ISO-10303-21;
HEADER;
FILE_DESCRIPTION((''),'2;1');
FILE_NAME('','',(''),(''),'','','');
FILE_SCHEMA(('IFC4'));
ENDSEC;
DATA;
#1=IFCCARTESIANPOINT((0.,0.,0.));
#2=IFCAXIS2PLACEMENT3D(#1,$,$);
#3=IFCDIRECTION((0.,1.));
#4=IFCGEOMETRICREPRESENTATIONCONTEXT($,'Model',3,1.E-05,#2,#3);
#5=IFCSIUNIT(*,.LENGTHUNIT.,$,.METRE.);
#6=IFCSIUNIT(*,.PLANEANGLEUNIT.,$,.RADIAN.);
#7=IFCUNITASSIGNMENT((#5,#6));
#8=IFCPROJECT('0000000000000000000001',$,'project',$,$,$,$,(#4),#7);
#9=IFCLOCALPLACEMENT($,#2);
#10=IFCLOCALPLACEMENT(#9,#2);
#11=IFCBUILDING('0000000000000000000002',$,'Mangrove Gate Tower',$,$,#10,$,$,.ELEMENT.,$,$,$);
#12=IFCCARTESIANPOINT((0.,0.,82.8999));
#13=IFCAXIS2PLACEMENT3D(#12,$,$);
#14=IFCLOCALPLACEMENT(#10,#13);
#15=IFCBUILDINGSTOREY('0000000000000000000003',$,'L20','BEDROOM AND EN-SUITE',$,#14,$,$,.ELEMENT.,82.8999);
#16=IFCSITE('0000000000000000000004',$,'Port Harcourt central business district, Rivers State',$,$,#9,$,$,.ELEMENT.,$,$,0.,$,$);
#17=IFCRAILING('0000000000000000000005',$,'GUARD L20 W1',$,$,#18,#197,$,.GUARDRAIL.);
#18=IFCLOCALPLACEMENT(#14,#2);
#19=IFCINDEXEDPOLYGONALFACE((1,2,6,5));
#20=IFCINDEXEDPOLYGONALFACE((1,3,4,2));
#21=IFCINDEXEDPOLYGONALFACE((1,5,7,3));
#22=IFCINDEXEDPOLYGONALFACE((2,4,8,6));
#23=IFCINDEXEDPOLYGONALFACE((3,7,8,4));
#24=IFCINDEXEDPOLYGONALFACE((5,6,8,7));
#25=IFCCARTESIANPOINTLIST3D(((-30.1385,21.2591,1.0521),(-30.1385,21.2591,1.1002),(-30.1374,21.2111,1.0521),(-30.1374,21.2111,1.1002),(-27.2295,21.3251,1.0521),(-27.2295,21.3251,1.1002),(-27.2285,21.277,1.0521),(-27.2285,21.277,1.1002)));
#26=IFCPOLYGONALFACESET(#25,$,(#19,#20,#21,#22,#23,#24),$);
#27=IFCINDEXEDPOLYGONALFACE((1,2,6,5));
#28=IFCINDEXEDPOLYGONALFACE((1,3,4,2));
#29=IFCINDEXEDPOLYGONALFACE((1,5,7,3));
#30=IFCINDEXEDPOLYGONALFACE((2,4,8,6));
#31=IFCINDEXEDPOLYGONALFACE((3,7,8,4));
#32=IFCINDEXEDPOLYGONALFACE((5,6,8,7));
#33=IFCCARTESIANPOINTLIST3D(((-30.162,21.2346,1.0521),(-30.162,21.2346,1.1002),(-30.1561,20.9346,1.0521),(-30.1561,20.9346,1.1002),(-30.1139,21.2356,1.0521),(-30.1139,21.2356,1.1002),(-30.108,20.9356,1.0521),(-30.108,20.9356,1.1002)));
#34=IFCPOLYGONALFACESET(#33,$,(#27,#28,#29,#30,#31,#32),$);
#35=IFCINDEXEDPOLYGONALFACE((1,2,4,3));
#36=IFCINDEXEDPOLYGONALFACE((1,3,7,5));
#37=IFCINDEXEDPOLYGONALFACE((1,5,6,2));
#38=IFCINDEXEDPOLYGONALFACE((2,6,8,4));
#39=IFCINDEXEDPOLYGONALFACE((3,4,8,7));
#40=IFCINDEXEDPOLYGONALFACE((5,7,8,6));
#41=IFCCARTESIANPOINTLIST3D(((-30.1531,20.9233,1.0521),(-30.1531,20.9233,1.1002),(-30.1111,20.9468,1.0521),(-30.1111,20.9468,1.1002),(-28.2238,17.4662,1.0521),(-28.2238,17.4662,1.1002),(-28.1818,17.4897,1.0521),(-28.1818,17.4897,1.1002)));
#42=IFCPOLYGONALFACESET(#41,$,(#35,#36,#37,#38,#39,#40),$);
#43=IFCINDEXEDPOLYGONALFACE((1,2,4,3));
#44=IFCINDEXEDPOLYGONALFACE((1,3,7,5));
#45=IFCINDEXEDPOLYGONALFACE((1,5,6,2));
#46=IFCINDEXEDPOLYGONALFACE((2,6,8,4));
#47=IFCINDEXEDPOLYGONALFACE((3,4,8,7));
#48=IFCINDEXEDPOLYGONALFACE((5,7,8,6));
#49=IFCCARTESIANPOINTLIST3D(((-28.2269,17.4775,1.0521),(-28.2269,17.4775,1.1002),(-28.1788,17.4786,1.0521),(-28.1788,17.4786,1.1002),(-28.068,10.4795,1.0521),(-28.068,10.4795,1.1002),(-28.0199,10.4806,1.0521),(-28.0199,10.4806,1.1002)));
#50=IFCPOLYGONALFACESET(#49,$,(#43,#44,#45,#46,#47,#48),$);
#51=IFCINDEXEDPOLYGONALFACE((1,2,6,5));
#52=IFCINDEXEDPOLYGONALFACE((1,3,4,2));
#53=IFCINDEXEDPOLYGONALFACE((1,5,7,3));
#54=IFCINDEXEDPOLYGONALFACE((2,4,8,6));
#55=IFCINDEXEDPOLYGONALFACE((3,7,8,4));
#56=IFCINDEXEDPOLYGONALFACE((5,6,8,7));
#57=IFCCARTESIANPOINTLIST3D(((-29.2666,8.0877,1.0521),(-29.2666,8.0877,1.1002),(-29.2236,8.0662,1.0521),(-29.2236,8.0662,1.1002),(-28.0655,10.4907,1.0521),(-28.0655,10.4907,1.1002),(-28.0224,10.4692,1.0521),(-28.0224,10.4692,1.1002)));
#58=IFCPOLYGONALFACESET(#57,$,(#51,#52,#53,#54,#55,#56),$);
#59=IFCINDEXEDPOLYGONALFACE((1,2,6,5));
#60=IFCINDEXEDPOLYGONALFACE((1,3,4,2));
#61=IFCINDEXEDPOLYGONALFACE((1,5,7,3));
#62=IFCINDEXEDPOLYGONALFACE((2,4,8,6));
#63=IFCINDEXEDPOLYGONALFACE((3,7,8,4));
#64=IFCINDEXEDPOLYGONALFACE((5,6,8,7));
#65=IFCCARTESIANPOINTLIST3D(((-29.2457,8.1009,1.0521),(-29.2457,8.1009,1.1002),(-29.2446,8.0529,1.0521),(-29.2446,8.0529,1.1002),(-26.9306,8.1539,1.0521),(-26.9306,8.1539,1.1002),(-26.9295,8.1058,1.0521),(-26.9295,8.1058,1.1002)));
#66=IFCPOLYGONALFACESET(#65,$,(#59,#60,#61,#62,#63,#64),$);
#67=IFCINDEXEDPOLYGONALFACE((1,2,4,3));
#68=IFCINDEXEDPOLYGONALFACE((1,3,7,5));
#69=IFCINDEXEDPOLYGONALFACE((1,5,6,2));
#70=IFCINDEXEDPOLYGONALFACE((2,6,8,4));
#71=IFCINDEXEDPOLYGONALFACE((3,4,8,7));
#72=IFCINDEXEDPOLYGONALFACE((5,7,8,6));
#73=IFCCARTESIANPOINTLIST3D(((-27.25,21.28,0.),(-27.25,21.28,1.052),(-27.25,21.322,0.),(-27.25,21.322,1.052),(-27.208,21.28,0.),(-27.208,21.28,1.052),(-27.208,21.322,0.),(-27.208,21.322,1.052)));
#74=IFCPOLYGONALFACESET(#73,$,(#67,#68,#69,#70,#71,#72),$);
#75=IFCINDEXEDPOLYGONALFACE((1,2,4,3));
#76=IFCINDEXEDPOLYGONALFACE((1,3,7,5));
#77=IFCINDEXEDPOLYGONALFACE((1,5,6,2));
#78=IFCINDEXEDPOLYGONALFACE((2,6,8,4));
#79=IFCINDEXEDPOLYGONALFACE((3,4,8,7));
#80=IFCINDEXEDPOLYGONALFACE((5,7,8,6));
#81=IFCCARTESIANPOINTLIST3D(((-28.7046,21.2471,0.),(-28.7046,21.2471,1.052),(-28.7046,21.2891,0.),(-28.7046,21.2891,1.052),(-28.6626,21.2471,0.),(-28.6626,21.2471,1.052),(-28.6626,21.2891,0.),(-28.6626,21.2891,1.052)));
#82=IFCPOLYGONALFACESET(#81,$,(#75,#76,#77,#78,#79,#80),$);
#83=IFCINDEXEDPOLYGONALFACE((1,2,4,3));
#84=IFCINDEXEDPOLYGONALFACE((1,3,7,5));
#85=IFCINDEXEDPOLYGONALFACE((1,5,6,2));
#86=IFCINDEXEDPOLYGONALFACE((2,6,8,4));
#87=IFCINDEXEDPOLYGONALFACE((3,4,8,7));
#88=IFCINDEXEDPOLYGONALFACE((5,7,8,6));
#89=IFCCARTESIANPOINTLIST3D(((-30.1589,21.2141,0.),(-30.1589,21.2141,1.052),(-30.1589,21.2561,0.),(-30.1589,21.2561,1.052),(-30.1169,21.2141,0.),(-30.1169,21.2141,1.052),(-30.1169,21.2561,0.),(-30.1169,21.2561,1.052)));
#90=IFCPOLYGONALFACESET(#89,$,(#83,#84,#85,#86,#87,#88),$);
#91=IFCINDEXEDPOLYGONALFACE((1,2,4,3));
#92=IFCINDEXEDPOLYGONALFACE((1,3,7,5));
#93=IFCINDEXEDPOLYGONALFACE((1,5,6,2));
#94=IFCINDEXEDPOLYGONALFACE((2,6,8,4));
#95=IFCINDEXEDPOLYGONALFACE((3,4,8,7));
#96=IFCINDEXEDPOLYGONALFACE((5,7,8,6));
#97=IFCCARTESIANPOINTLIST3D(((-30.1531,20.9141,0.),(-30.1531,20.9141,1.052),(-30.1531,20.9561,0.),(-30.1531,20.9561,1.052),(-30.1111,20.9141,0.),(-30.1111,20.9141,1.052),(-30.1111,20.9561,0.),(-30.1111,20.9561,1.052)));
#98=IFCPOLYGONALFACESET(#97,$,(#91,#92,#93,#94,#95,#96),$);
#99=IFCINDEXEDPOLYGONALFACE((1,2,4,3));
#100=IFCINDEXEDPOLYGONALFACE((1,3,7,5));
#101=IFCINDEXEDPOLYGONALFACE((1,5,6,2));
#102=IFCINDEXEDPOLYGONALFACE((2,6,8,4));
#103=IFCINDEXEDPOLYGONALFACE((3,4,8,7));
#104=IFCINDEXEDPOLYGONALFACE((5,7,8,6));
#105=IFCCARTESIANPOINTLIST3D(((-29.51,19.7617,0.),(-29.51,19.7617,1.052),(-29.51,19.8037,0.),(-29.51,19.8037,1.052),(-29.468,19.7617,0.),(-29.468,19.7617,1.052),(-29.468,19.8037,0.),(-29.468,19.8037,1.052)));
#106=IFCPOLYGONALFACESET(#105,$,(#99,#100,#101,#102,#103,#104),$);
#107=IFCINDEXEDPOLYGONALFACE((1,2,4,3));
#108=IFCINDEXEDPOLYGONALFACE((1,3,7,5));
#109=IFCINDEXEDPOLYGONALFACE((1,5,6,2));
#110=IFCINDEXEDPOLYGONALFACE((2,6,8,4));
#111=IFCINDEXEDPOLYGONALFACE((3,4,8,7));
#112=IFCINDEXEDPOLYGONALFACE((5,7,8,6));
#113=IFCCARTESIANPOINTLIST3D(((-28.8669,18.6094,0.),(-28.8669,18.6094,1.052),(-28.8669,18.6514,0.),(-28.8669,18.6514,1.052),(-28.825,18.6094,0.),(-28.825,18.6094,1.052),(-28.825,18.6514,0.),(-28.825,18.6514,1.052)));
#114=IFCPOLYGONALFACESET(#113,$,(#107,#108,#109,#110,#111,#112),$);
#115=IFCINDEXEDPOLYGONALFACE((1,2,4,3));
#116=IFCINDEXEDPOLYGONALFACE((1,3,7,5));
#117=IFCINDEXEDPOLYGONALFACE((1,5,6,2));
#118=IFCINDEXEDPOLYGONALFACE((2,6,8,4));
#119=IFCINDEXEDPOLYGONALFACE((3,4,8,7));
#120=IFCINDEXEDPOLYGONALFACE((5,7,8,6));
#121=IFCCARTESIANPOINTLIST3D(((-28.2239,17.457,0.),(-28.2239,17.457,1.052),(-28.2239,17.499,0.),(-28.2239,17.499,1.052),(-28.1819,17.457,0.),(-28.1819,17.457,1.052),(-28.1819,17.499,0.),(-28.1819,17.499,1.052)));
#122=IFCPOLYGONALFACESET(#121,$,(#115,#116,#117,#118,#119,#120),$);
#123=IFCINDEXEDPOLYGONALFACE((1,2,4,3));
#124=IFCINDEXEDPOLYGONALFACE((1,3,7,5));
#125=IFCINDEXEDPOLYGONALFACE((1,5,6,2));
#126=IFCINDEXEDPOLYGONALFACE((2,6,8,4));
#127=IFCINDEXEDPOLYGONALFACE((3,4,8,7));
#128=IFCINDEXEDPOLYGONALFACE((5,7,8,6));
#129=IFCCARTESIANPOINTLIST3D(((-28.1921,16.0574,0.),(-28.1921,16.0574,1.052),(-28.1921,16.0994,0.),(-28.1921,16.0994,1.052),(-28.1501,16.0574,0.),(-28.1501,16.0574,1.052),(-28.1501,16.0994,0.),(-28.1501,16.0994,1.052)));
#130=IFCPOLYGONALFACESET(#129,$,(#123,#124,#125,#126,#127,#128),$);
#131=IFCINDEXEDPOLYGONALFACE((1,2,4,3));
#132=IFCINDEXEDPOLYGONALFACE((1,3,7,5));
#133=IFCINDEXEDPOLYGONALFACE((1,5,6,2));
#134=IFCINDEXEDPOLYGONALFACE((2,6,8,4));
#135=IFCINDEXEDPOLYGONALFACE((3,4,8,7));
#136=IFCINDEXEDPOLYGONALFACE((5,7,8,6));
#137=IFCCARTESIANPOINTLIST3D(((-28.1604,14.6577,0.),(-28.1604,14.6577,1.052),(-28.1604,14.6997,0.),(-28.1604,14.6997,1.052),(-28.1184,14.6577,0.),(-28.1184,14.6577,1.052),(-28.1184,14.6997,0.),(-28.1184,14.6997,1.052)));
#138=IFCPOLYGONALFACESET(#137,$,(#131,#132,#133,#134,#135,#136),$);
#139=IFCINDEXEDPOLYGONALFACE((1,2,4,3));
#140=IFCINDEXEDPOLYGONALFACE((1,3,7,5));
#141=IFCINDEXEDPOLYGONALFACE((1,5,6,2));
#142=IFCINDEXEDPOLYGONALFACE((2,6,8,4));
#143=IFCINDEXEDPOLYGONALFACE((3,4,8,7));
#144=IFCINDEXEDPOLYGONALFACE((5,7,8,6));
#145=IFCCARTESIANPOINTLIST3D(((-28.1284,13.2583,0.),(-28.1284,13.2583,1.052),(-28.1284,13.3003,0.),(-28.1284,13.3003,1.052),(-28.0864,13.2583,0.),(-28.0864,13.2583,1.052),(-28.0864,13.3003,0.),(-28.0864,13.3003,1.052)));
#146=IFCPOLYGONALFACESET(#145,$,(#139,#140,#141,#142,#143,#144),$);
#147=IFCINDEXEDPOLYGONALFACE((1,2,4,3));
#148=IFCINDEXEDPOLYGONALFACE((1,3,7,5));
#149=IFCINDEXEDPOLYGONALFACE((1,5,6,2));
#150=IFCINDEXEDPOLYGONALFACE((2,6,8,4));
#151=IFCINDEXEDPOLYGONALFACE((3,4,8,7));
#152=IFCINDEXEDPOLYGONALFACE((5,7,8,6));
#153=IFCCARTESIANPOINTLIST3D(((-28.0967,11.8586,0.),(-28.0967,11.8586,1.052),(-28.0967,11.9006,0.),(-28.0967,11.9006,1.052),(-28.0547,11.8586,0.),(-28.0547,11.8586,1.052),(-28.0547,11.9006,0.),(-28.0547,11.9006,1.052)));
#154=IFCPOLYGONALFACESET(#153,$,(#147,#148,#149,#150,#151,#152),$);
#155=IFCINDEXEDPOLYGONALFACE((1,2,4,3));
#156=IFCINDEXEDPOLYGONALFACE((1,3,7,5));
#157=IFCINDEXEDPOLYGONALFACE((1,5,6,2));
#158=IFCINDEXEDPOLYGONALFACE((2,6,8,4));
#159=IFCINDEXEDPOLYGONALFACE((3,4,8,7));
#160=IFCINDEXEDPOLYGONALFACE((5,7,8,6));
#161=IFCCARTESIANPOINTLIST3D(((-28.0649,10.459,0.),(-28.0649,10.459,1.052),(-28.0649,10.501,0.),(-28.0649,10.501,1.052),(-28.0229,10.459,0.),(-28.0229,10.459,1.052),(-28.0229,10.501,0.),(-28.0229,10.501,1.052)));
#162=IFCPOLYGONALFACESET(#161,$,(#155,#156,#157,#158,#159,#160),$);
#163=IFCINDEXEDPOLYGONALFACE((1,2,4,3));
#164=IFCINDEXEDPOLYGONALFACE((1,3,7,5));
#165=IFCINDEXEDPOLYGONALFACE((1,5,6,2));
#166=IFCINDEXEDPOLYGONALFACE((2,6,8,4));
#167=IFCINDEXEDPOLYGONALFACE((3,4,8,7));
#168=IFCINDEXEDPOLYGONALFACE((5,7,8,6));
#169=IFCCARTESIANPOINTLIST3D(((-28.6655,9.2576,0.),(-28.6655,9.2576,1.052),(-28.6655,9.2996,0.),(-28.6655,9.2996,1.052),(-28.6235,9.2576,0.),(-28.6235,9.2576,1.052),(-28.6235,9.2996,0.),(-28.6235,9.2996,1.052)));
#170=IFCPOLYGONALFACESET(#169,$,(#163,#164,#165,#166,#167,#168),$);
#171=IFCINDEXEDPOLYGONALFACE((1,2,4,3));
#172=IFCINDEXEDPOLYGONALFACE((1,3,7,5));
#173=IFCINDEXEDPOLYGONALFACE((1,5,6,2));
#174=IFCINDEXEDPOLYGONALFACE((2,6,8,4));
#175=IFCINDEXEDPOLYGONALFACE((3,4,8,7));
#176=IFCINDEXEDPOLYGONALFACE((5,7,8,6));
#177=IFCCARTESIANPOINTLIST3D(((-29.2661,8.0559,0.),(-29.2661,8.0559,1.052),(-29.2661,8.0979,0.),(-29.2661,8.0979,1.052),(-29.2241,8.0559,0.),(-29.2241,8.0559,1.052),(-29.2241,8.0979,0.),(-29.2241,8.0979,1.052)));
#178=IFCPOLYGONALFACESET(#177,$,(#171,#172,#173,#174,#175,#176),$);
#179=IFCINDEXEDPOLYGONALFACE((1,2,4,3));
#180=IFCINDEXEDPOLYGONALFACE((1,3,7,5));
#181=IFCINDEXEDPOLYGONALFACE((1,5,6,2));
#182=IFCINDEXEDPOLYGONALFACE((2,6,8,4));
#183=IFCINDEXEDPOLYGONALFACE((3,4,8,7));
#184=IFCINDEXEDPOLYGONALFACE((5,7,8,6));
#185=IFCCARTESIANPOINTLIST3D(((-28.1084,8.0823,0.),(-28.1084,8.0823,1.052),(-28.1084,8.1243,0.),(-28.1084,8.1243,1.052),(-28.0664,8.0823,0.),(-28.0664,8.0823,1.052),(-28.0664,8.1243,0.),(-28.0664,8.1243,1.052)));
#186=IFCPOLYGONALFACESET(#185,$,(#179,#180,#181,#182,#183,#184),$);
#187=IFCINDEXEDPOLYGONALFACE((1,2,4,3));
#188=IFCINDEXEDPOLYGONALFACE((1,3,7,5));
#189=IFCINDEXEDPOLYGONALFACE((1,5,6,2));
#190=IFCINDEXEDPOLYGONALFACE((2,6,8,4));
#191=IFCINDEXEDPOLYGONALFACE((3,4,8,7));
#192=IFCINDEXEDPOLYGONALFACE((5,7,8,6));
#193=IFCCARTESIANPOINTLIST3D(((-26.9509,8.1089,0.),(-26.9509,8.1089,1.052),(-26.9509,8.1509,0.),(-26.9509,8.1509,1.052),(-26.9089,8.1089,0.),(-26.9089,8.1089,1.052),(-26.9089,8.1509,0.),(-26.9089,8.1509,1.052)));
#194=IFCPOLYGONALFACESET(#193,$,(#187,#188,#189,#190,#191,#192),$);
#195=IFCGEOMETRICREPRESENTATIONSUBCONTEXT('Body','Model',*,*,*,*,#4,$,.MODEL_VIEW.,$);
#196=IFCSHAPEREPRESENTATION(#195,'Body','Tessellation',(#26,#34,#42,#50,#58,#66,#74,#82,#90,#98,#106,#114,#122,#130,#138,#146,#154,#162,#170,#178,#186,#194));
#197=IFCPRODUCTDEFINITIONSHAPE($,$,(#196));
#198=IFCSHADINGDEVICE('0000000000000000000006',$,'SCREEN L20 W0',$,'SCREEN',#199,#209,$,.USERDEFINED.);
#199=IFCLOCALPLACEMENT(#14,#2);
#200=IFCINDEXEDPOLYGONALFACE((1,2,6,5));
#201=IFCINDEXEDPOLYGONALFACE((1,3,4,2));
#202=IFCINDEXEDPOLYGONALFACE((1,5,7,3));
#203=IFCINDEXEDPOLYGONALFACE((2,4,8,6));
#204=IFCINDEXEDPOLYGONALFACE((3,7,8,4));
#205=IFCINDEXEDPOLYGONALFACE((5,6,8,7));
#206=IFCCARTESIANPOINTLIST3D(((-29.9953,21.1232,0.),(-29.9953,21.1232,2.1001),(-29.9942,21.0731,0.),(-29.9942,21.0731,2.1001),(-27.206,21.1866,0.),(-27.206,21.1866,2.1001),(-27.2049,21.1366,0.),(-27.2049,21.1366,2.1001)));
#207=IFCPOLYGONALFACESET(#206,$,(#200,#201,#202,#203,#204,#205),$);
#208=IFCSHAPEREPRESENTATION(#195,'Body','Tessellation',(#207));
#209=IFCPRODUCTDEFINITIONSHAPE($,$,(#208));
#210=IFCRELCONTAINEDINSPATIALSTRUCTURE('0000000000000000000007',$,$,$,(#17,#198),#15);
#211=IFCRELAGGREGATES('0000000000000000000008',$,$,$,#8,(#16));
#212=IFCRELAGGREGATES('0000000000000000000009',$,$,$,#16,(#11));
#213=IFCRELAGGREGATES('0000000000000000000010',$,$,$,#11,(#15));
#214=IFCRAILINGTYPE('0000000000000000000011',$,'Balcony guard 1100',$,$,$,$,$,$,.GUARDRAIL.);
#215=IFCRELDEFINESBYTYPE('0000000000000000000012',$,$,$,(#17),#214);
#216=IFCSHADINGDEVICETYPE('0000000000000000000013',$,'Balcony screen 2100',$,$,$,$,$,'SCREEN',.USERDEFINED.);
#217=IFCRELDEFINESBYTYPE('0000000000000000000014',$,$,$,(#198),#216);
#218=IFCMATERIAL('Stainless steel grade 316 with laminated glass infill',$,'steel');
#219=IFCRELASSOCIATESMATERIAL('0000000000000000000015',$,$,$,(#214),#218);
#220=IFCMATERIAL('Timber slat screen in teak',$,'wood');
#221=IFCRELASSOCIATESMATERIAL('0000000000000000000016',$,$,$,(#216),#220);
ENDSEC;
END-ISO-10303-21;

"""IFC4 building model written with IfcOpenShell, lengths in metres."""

from ifc_helpers import new_model, si_unit, direction, frame, origin, origin_2d, place, context, subcontext, project, spatial, rectangle, extrude, material, type_object, element, save


model = new_model("IFC4")

# Units and contexts
model_context = context("Model", 3, precision=1e-05, world=origin(), true_north=direction((0.0, 1.0)))
body_context = subcontext(model_context, "Body", "Model", "MODEL_VIEW")
ifc_project = project(units=[si_unit("LENGTHUNIT", "METRE"), si_unit("PLANEANGLEUNIT", "RADIAN")], contexts=[model_context])

# Site, building, storey
site_placement = place(None, origin())
site = spatial("IfcSite", under=ifc_project, at=site_placement, Name="Port Harcourt central business district, Rivers State", CompositionType="ELEMENT", RefElevation=0.0)
building_placement = place(site_placement, origin())
building = spatial("IfcBuilding", under=site, at=building_placement, Name="Mangrove Gate Tower", CompositionType="ELEMENT")
storey_placement = place(building_placement, frame((0.0, 0.0, 82.8999)))
storey = spatial("IfcBuildingStorey", under=building, at=storey_placement, Name="L20", Description="BEDROOM AND EN-SUITE", CompositionType="ELEMENT", Elevation=82.8999)

# Railing
ifc_material_1 = material(Name="Stainless steel grade 316 with laminated glass infill", Category="steel")
railing_type = type_object("IfcRailingType", Name="Balcony guard 1100", PredefinedType="GUARDRAIL", material=ifc_material_1)
railing_placement = place(storey_placement, frame((-27.229, 21.301, 0.0)))
element("IfcRailing", 1, at=railing_placement, inside=storey, type_object=railing_type, Name="GUARD L20 W1", PredefinedType="GUARDRAIL", context=body_context, shape_type="SweptSolid", body=[
    extrude(rectangle(XDim=0.0481, YDim=0.0481, at=origin_2d()), frame((0.0, 0.0, 1.0762), z_axis=(-0.999743, -0.022655, 0.0), x_axis=(0.022655, -0.999743, 0.0)), (0.0, 0.0, 1.0), 2.9097),
    extrude(rectangle(XDim=0.0481, YDim=0.0481, at=origin_2d()), frame((-2.9089, -0.0659, 1.0762), z_axis=(0.019524, -0.999809, 0.0), x_axis=(0.999809, 0.019524, 0.0)), (0.0, 0.0, 1.0), 0.3),
    extrude(rectangle(XDim=0.0481, YDim=0.0481, at=origin_2d()), frame((-2.9031, -0.366, 1.0762), z_axis=(0.487307, -0.873231, 0.0), x_axis=(0.873231, 0.487307, 0.0)), (0.0, 0.0, 1.0), 3.959),
    extrude(rectangle(XDim=0.0481, YDim=0.0481, at=origin_2d()), frame((-0.9739, -3.823, 1.0762), z_axis=(0.022706, -0.999742, 0.0), x_axis=(0.999742, 0.022706, 0.0)), (0.0, 0.0, 1.0), 6.9998),
    extrude(rectangle(XDim=0.0481, YDim=0.0481, at=origin_2d()), frame((-0.8149, -10.821, 1.0762), z_axis=(-0.447105, -0.894482, 0.0), x_axis=(0.894482, -0.447105, 0.0)), (0.0, 0.0, 1.0), 2.6865),
    extrude(rectangle(XDim=0.0481, YDim=0.0481, at=origin_2d()), frame((-2.0161, -13.2241, 1.0762), z_axis=(0.999738, 0.022877, 0.0), x_axis=(-0.022877, 0.999738, 0.0)), (0.0, 0.0, 1.0), 2.3157),
    extrude(rectangle(XDim=0.042, YDim=0.042, at=origin_2d()), origin(), (0.0, 0.0, 1.0), 1.052),
    extrude(rectangle(XDim=0.042, YDim=0.042, at=origin_2d()), frame((-1.4546, -0.033, 0.0)), (0.0, 0.0, 1.0), 1.052),
    extrude(rectangle(XDim=0.042, YDim=0.042, at=origin_2d()), frame((-2.9089, -0.0659, 0.0)), (0.0, 0.0, 1.0), 1.052),
    extrude(rectangle(XDim=0.042, YDim=0.042, at=origin_2d()), frame((-2.9031, -0.366, 0.0)), (0.0, 0.0, 1.0), 1.052),
    extrude(rectangle(XDim=0.042, YDim=0.042, at=origin_2d()), frame((-2.26, -1.5183, 0.0)), (0.0, 0.0, 1.0), 1.052),
    extrude(rectangle(XDim=0.042, YDim=0.042, at=origin_2d()), frame((-1.6169, -2.6707, 0.0)), (0.0, 0.0, 1.0), 1.052),
    extrude(rectangle(XDim=0.042, YDim=0.042, at=origin_2d()), frame((-0.9739, -3.823, 0.0)), (0.0, 0.0, 1.0), 1.052),
    extrude(rectangle(XDim=0.042, YDim=0.042, at=origin_2d()), frame((-0.9421, -5.2227, 0.0)), (0.0, 0.0, 1.0), 1.052),
    extrude(rectangle(XDim=0.042, YDim=0.042, at=origin_2d()), frame((-0.9104, -6.6223, 0.0)), (0.0, 0.0, 1.0), 1.052),
    extrude(rectangle(XDim=0.042, YDim=0.042, at=origin_2d()), frame((-0.8784, -8.0217, 0.0)), (0.0, 0.0, 1.0), 1.052),
    extrude(rectangle(XDim=0.042, YDim=0.042, at=origin_2d()), frame((-0.8467, -9.4214, 0.0)), (0.0, 0.0, 1.0), 1.052),
    extrude(rectangle(XDim=0.042, YDim=0.042, at=origin_2d()), frame((-0.8149, -10.821, 0.0)), (0.0, 0.0, 1.0), 1.052),
    extrude(rectangle(XDim=0.042, YDim=0.042, at=origin_2d()), frame((-1.4155, -12.0225, 0.0)), (0.0, 0.0, 1.0), 1.052),
    extrude(rectangle(XDim=0.042, YDim=0.042, at=origin_2d()), frame((-2.0161, -13.2241, 0.0)), (0.0, 0.0, 1.0), 1.052),
    extrude(rectangle(XDim=0.042, YDim=0.042, at=origin_2d()), frame((-0.8584, -13.1978, 0.0)), (0.0, 0.0, 1.0), 1.052),
    extrude(rectangle(XDim=0.042, YDim=0.042, at=origin_2d()), frame((0.2991, -13.1711, 0.0)), (0.0, 0.0, 1.0), 1.052),
])

# Shading device
ifc_material_2 = material(Name="Timber slat screen in teak", Category="wood")
shading_device_type = type_object("IfcShadingDeviceType", Name="Balcony screen 2100", ElementType="SCREEN", PredefinedType="USERDEFINED", material=ifc_material_2)
shading_device_placement = place(storey_placement, frame((-28.6001, 21.1299, 0.0), z_axis=(0.0, 0.0, 1.0), x_axis=(-0.999741, -0.02274, 0.0)))
element("IfcShadingDevice", 2, at=shading_device_placement, inside=storey, type_object=shading_device_type, Name="SCREEN L20 W0", ObjectType="SCREEN", PredefinedType="USERDEFINED", context=body_context, shape_type="SweptSolid", body=[
    extrude(rectangle(XDim=2.79, YDim=0.05, at=origin_2d()), origin(), (0.0, 0.0, 1.0), 2.1001),
])

save(model, "model.ifc")
